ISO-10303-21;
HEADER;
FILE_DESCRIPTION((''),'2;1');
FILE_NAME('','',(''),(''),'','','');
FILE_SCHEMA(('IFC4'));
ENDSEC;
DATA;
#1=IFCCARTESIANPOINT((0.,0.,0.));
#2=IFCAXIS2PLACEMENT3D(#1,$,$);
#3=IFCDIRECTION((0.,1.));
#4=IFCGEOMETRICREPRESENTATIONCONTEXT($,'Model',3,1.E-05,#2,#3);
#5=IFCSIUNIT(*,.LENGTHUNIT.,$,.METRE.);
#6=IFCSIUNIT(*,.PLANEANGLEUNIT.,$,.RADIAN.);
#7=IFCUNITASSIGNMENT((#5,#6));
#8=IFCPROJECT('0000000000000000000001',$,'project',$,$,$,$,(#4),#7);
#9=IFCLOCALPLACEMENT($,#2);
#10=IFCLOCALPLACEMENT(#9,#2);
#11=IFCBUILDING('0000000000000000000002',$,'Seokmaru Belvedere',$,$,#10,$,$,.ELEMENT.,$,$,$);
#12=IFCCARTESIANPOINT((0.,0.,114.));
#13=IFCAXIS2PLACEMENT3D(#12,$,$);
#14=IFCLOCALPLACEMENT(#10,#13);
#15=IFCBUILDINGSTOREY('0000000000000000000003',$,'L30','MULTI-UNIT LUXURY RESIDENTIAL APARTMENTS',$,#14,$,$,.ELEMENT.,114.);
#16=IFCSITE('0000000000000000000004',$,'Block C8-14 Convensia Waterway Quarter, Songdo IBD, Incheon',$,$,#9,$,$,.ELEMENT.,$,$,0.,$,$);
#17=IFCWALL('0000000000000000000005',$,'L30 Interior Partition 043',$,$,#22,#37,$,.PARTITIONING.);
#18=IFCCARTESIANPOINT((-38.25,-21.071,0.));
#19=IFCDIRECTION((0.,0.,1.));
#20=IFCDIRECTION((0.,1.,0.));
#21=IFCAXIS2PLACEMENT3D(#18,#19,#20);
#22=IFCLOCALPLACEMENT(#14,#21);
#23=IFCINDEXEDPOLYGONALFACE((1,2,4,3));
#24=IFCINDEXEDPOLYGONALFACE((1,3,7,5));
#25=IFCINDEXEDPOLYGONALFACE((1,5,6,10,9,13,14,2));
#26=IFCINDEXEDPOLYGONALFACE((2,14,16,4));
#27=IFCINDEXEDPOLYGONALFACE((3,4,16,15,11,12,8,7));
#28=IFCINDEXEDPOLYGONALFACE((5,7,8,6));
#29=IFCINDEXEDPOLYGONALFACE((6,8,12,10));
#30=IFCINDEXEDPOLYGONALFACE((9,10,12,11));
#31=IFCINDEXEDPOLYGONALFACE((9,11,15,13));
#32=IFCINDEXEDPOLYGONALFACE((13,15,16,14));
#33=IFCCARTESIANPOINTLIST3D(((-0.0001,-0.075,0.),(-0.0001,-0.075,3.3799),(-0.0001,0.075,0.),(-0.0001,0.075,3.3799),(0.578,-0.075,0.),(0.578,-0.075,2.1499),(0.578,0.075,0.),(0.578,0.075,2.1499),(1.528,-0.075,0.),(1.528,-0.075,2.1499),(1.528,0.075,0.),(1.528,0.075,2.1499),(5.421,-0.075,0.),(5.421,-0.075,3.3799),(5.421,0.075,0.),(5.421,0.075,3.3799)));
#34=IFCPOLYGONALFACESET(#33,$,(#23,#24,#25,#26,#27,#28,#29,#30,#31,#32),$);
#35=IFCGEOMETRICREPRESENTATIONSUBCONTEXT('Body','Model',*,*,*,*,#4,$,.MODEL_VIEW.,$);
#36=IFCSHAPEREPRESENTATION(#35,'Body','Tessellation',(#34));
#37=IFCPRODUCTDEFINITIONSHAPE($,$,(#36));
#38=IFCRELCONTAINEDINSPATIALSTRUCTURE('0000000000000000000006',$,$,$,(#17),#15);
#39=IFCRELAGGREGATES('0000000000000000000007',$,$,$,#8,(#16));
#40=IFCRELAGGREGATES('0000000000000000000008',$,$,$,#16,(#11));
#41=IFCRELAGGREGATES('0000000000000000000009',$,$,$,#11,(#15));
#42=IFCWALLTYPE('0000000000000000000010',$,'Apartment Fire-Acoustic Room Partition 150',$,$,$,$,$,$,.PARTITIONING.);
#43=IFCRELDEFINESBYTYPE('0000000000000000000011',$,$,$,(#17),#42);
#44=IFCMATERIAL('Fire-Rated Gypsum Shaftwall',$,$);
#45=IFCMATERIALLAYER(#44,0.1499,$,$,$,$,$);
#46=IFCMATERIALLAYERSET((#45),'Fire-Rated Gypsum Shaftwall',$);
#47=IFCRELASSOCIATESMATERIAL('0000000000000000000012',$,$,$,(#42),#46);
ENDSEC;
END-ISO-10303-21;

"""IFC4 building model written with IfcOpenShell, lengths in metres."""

from ifc_helpers import new_model, si_unit, direction, frame, frame_2d, origin, place, context, subcontext, project, spatial, rectangle, extrude, material, layer, layer_set, type_object, element, save


model = new_model("IFC4")

# Units and contexts
model_context = context("Model", 3, precision=1e-05, world=origin(), true_north=direction((0.0, 1.0)))
body_context = subcontext(model_context, "Body", "Model", "MODEL_VIEW")
ifc_project = project(units=[si_unit("LENGTHUNIT", "METRE"), si_unit("PLANEANGLEUNIT", "RADIAN")], contexts=[model_context])

# Site, building, storey
site_placement = place(None, origin())
site = spatial("IfcSite", under=ifc_project, at=site_placement, Name="Block C8-14 Convensia Waterway Quarter, Songdo IBD, Incheon", CompositionType="ELEMENT", RefElevation=0.0)
building_placement = place(site_placement, origin())
building = spatial("IfcBuilding", under=site, at=building_placement, Name="Seokmaru Belvedere", CompositionType="ELEMENT")
storey_placement = place(building_placement, frame((0.0, 0.0, 114.0)))
storey = spatial("IfcBuildingStorey", under=building, at=storey_placement, Name="L30", Description="MULTI-UNIT LUXURY RESIDENTIAL APARTMENTS", CompositionType="ELEMENT", Elevation=114.0)

# Shared definitions
ifc_material_1 = material(Name="Fire-Rated Gypsum Shaftwall")
ifc_layer_1 = layer(ifc_material_1, 0.1499)
ifc_layer_set_1 = layer_set([ifc_layer_1], Name="Fire-Rated Gypsum Shaftwall")
wall_type_1 = type_object("IfcWallType", Name="Apartment Fire-Acoustic Room Partition 150", PredefinedType="PARTITIONING", material=ifc_layer_set_1)

# Wall, opening
wall_1_placement = place(storey_placement, frame((-38.25, -21.071, 0.0), z_axis=(0.0, 0.0, 1.0), x_axis=(0.0, 1.0, 0.0)))
wall_1 = element("IfcWall", 1, at=wall_1_placement, inside=storey, type_object=wall_type_1, Name="L30 Interior Partition 043", PredefinedType="PARTITIONING", context=body_context, shape_type="SweptSolid", body=[
    extrude(rectangle(XDim=5.4211, YDim=0.1499, at=frame_2d((2.7104, 0.0))), origin(), (0.0, 0.0, 1.0), 3.3799),
])
opening_1_placement = place(wall_1_placement, frame((0.5779, 0.0, 0.0)))
element("IfcOpeningElement", 2, at=opening_1_placement, cuts=wall_1, PredefinedType="OPENING", context=body_context, shape_type="SweptSolid", body=[
    extrude(rectangle(XDim=0.95, YDim=2.1499, at=frame_2d((0.4751, 1.075))), frame((0.0, 0.085, 0.0), z_axis=(0.0, -1.0, 0.0), x_axis=(1.0, 0.0, 0.0)), (0.0, 0.0, 1.0), 0.1699),
])

save(model, "model.ifc")
